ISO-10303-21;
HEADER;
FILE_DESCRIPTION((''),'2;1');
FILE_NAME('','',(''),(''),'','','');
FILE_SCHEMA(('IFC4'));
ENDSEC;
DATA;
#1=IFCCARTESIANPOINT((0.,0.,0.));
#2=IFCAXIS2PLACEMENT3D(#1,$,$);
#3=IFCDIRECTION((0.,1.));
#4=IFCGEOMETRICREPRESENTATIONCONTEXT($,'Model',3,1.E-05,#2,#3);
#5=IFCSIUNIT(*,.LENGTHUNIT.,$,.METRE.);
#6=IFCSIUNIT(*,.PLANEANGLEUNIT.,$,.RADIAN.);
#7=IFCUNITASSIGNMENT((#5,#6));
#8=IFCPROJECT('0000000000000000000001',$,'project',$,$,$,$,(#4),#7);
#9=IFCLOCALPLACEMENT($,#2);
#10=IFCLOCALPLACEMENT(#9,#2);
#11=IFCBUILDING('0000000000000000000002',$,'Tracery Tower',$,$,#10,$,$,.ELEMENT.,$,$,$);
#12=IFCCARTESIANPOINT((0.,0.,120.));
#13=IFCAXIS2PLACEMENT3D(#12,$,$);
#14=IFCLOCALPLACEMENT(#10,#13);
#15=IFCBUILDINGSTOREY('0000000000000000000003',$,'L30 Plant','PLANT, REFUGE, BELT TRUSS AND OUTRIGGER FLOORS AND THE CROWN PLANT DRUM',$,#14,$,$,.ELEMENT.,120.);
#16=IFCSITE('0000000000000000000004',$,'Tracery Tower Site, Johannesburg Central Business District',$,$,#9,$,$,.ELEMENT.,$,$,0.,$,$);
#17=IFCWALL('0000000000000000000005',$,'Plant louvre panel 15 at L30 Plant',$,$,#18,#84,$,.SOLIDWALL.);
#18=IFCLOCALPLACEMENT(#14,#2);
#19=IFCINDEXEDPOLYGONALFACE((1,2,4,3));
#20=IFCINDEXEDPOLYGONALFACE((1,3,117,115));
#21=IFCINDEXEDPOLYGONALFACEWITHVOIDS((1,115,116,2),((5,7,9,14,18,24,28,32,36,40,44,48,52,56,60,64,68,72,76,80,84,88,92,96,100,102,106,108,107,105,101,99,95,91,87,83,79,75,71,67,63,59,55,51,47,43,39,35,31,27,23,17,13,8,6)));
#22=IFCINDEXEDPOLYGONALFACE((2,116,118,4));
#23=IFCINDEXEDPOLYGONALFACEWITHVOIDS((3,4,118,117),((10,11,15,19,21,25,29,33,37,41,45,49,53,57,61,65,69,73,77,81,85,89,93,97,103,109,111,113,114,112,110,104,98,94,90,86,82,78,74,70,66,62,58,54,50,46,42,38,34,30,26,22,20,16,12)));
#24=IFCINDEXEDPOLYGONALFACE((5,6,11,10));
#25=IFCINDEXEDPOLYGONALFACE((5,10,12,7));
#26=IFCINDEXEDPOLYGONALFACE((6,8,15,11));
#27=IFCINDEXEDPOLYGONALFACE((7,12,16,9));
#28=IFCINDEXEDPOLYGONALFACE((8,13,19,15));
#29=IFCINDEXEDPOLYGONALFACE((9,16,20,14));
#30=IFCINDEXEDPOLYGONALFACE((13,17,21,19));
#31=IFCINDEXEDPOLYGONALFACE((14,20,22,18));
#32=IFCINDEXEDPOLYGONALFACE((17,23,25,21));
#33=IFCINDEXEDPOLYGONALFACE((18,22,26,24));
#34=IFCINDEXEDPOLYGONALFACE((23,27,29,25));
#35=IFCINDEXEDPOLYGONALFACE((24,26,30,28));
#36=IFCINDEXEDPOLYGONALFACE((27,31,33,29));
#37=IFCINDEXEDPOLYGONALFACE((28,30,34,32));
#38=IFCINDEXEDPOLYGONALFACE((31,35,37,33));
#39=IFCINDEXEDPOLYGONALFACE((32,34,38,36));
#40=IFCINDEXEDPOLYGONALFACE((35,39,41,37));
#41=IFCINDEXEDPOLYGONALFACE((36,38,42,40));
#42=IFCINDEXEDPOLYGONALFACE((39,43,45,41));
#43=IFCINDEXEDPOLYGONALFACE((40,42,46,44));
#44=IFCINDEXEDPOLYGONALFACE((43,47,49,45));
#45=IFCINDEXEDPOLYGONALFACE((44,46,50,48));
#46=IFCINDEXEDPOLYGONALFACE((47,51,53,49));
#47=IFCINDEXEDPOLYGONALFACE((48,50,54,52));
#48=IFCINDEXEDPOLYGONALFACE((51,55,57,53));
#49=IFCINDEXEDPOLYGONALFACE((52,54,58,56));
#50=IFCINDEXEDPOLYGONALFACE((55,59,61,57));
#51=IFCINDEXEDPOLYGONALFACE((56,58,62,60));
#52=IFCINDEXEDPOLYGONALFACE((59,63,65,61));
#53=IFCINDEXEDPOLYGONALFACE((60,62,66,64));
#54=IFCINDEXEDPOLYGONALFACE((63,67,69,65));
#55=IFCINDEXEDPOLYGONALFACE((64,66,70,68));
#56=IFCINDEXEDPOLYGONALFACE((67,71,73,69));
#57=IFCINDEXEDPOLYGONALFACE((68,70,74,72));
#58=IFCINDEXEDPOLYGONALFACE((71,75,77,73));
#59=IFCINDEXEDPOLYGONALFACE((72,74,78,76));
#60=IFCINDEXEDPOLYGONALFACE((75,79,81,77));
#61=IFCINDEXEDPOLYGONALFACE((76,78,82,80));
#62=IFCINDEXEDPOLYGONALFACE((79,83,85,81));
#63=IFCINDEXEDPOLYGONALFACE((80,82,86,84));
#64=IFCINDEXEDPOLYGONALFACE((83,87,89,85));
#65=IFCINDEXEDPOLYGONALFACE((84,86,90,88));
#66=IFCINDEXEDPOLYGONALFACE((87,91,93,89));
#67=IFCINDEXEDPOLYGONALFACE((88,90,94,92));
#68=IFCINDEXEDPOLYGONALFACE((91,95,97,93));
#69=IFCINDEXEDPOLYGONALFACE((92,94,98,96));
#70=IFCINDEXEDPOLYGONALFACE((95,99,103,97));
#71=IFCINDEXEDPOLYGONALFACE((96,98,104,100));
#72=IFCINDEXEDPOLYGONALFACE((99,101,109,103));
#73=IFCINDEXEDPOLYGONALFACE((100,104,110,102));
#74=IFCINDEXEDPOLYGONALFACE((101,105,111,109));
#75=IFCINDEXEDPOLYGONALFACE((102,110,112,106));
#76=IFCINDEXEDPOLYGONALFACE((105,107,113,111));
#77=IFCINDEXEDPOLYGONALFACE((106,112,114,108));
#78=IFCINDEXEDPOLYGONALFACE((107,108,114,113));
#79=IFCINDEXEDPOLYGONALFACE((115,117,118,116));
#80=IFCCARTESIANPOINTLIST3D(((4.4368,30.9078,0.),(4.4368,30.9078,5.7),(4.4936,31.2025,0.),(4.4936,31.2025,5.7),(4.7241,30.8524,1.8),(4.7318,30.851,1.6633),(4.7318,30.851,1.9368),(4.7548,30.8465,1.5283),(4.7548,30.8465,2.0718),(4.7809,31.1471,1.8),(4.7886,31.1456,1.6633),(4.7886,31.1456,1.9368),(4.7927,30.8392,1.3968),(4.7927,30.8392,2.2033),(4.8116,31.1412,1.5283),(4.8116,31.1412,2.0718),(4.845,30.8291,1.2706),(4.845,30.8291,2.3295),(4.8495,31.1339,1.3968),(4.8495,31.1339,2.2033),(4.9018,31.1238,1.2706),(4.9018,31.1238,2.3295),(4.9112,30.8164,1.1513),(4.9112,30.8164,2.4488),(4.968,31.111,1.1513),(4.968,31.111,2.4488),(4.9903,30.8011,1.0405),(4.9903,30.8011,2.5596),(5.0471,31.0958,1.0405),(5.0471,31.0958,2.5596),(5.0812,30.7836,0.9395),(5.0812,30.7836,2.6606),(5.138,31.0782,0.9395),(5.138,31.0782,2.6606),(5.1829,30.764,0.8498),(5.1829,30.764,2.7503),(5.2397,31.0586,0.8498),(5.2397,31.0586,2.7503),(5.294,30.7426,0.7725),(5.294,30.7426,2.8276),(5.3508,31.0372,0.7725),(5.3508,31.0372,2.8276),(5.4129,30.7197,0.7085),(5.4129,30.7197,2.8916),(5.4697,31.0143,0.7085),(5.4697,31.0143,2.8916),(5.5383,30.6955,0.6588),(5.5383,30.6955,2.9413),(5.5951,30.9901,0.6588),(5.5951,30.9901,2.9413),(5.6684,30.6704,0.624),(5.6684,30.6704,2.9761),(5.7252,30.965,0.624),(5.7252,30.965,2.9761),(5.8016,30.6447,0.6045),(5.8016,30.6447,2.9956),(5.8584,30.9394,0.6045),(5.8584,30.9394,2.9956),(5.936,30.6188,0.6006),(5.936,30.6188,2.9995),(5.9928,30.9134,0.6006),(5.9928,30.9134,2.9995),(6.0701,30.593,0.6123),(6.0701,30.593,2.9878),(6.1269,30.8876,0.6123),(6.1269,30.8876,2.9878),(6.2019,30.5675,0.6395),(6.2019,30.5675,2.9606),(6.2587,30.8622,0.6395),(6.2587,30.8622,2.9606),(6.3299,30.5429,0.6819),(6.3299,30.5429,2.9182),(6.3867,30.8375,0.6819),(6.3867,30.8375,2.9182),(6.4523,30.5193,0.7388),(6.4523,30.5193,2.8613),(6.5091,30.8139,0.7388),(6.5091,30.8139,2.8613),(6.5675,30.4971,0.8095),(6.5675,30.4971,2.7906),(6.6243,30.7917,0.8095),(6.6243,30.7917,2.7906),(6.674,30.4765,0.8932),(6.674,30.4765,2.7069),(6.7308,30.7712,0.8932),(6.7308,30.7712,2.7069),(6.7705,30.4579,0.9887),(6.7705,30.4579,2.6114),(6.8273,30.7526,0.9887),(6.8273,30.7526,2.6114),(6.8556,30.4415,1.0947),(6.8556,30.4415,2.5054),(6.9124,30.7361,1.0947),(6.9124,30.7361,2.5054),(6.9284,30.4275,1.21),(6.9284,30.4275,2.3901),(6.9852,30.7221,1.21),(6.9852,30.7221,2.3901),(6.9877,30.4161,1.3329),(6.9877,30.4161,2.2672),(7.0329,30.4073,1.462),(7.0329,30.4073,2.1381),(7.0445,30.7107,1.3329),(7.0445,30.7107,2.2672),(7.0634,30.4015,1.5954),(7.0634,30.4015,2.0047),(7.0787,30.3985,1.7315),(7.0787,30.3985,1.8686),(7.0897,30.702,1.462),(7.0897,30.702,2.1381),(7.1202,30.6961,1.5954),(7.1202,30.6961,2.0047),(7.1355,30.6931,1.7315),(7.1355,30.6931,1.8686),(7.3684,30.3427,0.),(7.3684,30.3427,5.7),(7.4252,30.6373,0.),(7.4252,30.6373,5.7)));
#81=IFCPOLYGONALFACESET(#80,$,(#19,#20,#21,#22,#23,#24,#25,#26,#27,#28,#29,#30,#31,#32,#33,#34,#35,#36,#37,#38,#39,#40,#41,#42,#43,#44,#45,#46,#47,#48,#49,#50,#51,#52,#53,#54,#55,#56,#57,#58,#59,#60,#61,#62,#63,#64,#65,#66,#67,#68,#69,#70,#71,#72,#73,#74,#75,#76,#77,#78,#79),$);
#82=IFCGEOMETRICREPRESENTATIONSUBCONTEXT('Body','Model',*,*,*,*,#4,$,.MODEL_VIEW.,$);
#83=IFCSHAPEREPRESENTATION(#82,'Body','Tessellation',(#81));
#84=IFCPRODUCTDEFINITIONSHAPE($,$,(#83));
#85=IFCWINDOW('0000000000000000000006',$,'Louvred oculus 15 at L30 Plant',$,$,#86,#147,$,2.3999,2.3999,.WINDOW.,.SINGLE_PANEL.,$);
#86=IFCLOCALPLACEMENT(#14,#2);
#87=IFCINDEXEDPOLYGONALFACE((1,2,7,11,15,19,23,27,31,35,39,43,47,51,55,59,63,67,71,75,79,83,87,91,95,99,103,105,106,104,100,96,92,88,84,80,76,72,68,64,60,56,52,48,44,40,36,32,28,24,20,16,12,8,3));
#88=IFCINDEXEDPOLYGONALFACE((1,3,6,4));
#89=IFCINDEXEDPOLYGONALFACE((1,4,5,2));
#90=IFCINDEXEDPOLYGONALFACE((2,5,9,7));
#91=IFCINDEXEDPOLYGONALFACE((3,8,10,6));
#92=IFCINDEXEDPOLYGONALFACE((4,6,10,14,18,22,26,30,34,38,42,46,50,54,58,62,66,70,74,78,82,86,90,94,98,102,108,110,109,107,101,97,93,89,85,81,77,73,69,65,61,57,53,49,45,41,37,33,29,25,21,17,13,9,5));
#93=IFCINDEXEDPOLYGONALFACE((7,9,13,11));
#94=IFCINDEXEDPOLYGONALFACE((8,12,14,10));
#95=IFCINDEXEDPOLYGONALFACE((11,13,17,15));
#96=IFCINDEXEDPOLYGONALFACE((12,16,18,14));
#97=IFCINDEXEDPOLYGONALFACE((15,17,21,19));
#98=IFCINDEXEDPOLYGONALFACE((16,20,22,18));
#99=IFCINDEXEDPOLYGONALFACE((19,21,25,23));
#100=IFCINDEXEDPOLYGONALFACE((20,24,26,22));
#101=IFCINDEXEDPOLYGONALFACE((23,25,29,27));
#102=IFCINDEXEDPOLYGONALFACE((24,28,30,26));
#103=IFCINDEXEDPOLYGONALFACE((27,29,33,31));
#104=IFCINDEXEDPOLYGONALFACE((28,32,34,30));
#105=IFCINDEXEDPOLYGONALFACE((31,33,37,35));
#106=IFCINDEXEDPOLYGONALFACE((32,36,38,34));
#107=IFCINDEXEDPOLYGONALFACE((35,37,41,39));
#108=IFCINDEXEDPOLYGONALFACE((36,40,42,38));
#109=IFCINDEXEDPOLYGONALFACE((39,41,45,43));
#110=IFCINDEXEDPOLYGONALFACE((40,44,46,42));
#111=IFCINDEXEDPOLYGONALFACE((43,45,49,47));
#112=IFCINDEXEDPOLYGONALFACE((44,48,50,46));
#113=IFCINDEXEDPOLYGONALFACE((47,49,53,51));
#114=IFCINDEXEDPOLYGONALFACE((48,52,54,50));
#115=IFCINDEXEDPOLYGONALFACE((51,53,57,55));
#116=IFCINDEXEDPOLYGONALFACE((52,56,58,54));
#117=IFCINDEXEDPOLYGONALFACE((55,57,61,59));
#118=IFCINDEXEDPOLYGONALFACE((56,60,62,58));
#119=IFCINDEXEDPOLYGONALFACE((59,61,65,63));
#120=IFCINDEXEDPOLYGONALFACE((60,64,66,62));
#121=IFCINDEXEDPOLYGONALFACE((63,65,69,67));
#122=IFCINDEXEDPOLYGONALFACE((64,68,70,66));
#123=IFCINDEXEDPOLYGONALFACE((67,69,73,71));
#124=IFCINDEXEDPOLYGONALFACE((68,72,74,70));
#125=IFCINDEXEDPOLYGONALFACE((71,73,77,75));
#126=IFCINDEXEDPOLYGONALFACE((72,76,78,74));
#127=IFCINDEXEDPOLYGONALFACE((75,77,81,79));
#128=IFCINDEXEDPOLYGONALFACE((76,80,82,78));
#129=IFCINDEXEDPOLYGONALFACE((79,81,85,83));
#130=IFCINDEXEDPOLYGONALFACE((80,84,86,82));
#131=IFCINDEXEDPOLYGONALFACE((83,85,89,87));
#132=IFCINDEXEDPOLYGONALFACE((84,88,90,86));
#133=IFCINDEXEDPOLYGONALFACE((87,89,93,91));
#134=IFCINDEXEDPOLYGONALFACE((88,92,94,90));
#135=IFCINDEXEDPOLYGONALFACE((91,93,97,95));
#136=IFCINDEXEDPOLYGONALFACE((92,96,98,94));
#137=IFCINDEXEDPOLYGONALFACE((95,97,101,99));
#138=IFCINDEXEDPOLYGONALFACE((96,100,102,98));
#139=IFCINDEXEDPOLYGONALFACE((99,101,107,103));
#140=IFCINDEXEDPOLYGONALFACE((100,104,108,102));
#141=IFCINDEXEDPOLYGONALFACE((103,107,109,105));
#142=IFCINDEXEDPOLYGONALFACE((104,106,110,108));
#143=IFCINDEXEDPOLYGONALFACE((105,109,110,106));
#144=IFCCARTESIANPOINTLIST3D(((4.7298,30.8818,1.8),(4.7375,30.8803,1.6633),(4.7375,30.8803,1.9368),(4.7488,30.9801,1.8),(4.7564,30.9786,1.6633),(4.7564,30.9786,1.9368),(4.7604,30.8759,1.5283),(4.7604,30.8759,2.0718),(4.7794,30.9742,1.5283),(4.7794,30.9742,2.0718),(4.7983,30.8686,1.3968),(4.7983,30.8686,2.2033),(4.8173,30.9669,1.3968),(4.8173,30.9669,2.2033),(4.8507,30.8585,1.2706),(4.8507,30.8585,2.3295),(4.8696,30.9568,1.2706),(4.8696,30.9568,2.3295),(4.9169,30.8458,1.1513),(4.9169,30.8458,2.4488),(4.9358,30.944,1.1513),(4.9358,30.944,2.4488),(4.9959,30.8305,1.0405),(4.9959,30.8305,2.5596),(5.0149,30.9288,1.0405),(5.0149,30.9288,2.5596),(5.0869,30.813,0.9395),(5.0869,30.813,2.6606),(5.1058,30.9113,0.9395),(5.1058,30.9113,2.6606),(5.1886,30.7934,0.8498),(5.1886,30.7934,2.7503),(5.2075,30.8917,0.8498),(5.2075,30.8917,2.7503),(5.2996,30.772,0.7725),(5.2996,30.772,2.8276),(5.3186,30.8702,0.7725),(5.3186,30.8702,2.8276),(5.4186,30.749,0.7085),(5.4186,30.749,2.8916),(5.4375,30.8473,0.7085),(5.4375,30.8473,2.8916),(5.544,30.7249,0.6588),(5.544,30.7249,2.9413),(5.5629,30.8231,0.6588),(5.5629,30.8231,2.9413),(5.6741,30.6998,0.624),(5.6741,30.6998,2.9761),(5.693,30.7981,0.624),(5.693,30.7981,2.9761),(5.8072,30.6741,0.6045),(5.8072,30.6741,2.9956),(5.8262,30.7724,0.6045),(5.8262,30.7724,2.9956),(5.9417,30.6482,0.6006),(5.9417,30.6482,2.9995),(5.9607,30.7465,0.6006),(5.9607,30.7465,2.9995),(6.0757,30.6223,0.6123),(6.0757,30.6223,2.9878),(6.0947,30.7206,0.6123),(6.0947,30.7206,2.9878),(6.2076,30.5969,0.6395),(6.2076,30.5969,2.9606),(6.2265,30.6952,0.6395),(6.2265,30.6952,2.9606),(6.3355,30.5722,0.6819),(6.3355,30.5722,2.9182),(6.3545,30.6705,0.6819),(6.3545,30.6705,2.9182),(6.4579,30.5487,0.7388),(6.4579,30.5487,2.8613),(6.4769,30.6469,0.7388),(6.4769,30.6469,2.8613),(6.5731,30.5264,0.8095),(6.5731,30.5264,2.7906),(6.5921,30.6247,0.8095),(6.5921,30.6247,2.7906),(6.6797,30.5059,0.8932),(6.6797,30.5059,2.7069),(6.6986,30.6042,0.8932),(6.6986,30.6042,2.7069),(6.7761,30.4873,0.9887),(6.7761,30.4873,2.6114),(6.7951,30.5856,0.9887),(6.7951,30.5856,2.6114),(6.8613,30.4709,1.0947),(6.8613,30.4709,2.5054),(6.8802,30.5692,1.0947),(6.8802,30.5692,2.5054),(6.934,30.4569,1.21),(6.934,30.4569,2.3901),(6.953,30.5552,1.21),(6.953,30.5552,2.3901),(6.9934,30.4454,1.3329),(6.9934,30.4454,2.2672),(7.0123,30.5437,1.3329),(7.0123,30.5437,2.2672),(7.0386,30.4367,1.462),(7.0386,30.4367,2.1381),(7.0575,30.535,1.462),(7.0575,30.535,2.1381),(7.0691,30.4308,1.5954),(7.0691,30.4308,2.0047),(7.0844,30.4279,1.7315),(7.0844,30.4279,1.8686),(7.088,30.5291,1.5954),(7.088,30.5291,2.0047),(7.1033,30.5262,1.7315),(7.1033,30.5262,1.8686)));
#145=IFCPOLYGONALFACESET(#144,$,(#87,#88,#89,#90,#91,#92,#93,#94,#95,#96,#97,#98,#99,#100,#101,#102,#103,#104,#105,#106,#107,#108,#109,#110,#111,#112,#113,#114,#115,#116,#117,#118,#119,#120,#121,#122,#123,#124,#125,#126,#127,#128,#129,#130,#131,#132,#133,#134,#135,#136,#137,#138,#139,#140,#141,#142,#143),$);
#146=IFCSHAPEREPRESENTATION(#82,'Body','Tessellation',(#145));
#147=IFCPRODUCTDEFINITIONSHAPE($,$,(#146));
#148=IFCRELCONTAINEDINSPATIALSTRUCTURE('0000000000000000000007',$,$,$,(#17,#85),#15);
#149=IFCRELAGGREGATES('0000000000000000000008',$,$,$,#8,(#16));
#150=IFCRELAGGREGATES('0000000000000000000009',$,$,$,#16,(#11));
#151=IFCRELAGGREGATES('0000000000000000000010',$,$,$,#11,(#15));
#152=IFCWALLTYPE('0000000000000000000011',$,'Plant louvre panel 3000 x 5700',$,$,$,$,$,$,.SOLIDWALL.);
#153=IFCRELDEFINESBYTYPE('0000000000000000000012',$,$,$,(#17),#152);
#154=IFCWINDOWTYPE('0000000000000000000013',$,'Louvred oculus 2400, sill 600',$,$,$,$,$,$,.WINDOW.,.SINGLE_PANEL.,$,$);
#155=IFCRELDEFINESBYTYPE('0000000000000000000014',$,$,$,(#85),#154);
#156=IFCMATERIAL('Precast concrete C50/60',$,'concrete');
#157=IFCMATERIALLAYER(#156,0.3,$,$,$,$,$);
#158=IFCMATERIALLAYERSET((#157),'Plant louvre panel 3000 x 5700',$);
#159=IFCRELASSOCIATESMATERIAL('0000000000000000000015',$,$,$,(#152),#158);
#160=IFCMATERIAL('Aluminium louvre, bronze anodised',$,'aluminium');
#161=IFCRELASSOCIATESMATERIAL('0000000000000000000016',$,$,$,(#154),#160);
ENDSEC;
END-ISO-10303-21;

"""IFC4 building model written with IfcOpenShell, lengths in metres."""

from ifc_helpers import new_model, si_unit, direction, frame, frame_2d, origin, origin_2d, place, context, subcontext, project, spatial, rectangle, circle, extrude, material, layer, layer_set, type_object, element, fill, save


model = new_model("IFC4")

# Units and contexts
model_context = context("Model", 3, precision=1e-05, world=origin(), true_north=direction((0.0, 1.0)))
body_context = subcontext(model_context, "Body", "Model", "MODEL_VIEW")
ifc_project = project(units=[si_unit("LENGTHUNIT", "METRE"), si_unit("PLANEANGLEUNIT", "RADIAN")], contexts=[model_context])

# Site, building, storey
site_placement = place(None, origin())
site = spatial("IfcSite", under=ifc_project, at=site_placement, Name="Tracery Tower Site, Johannesburg Central Business District", CompositionType="ELEMENT", RefElevation=0.0)
building_placement = place(site_placement, origin())
building = spatial("IfcBuilding", under=site, at=building_placement, Name="Tracery Tower", CompositionType="ELEMENT")
storey_placement = place(building_placement, frame((0.0, 0.0, 120.0)))
storey = spatial("IfcBuildingStorey", under=building, at=storey_placement, Name="L30 Plant", Description="PLANT, REFUGE, BELT TRUSS AND OUTRIGGER FLOORS AND THE CROWN PLANT DRUM", CompositionType="ELEMENT", Elevation=120.0)

# Wall, opening, window
ifc_material_1 = material(Name="Precast concrete C50/60", Category="concrete")
ifc_layer_1 = layer(ifc_material_1, 0.3)
ifc_layer_set_1 = layer_set([ifc_layer_1], Name="Plant louvre panel 3000 x 5700")
wall_type_1 = type_object("IfcWallType", Name="Plant louvre panel 3000 x 5700", PredefinedType="SOLIDWALL", material=ifc_layer_set_1)
ifc_material_2 = material(Name="Aluminium louvre, bronze anodised", Category="aluminium")
window_type = type_object("IfcWindowType", Name="Louvred oculus 2400, sill 600", PartitioningType="SINGLE_PANEL", PredefinedType="WINDOW", material=ifc_material_2)
wall_1_placement = place(storey_placement, frame((7.3967, 30.49, 0.0), z_axis=(0.0, 0.0, 1.0), x_axis=(-0.981919, 0.189302, 0.0)))
wall_1 = element("IfcWall", 1, at=wall_1_placement, inside=storey, type_object=wall_type_1, Name="Plant louvre panel 15 at L30 Plant", PredefinedType="SOLIDWALL", context=body_context, shape_type="SweptSolid", body=[
    extrude(rectangle(XDim=2.9856, YDim=0.3, at=frame_2d((1.4927, 0.0))), origin(), (0.0, 0.0, 1.0), 5.7),
])
opening_1_placement = place(wall_1_placement, frame((1.4929, 0.0, 1.8)))
opening_1 = element("IfcOpeningElement", 2, at=opening_1_placement, cuts=wall_1, PredefinedType="OPENING", context=body_context, shape_type="SweptSolid", body=[
    extrude(circle(Radius=1.2, at=origin_2d()), frame((0.0, 0.1599, 0.0), z_axis=(0.0, -1.0, 0.0), x_axis=(1.0, 0.0, 0.0)), (0.0, 0.0, 1.0), 0.3201),
])
window_1_placement = place(opening_1_placement, origin())
window_1 = element("IfcWindow", 3, at=window_1_placement, inside=storey, type_object=window_type, Name="Louvred oculus 15 at L30 Plant", OverallHeight=2.3999, OverallWidth=2.3999, PartitioningType="SINGLE_PANEL", PredefinedType="WINDOW", context=body_context, shape_type="SweptSolid", body=[
    extrude(circle(Radius=1.2, at=origin_2d()), frame((0.0, 0.1201, 0.0), z_axis=(0.0, -1.0, 0.0), x_axis=(1.0, 0.0, 0.0)), (0.0, 0.0, 1.0), 0.1001),
])
fill(opening_1, window_1)

save(model, "model.ifc")
